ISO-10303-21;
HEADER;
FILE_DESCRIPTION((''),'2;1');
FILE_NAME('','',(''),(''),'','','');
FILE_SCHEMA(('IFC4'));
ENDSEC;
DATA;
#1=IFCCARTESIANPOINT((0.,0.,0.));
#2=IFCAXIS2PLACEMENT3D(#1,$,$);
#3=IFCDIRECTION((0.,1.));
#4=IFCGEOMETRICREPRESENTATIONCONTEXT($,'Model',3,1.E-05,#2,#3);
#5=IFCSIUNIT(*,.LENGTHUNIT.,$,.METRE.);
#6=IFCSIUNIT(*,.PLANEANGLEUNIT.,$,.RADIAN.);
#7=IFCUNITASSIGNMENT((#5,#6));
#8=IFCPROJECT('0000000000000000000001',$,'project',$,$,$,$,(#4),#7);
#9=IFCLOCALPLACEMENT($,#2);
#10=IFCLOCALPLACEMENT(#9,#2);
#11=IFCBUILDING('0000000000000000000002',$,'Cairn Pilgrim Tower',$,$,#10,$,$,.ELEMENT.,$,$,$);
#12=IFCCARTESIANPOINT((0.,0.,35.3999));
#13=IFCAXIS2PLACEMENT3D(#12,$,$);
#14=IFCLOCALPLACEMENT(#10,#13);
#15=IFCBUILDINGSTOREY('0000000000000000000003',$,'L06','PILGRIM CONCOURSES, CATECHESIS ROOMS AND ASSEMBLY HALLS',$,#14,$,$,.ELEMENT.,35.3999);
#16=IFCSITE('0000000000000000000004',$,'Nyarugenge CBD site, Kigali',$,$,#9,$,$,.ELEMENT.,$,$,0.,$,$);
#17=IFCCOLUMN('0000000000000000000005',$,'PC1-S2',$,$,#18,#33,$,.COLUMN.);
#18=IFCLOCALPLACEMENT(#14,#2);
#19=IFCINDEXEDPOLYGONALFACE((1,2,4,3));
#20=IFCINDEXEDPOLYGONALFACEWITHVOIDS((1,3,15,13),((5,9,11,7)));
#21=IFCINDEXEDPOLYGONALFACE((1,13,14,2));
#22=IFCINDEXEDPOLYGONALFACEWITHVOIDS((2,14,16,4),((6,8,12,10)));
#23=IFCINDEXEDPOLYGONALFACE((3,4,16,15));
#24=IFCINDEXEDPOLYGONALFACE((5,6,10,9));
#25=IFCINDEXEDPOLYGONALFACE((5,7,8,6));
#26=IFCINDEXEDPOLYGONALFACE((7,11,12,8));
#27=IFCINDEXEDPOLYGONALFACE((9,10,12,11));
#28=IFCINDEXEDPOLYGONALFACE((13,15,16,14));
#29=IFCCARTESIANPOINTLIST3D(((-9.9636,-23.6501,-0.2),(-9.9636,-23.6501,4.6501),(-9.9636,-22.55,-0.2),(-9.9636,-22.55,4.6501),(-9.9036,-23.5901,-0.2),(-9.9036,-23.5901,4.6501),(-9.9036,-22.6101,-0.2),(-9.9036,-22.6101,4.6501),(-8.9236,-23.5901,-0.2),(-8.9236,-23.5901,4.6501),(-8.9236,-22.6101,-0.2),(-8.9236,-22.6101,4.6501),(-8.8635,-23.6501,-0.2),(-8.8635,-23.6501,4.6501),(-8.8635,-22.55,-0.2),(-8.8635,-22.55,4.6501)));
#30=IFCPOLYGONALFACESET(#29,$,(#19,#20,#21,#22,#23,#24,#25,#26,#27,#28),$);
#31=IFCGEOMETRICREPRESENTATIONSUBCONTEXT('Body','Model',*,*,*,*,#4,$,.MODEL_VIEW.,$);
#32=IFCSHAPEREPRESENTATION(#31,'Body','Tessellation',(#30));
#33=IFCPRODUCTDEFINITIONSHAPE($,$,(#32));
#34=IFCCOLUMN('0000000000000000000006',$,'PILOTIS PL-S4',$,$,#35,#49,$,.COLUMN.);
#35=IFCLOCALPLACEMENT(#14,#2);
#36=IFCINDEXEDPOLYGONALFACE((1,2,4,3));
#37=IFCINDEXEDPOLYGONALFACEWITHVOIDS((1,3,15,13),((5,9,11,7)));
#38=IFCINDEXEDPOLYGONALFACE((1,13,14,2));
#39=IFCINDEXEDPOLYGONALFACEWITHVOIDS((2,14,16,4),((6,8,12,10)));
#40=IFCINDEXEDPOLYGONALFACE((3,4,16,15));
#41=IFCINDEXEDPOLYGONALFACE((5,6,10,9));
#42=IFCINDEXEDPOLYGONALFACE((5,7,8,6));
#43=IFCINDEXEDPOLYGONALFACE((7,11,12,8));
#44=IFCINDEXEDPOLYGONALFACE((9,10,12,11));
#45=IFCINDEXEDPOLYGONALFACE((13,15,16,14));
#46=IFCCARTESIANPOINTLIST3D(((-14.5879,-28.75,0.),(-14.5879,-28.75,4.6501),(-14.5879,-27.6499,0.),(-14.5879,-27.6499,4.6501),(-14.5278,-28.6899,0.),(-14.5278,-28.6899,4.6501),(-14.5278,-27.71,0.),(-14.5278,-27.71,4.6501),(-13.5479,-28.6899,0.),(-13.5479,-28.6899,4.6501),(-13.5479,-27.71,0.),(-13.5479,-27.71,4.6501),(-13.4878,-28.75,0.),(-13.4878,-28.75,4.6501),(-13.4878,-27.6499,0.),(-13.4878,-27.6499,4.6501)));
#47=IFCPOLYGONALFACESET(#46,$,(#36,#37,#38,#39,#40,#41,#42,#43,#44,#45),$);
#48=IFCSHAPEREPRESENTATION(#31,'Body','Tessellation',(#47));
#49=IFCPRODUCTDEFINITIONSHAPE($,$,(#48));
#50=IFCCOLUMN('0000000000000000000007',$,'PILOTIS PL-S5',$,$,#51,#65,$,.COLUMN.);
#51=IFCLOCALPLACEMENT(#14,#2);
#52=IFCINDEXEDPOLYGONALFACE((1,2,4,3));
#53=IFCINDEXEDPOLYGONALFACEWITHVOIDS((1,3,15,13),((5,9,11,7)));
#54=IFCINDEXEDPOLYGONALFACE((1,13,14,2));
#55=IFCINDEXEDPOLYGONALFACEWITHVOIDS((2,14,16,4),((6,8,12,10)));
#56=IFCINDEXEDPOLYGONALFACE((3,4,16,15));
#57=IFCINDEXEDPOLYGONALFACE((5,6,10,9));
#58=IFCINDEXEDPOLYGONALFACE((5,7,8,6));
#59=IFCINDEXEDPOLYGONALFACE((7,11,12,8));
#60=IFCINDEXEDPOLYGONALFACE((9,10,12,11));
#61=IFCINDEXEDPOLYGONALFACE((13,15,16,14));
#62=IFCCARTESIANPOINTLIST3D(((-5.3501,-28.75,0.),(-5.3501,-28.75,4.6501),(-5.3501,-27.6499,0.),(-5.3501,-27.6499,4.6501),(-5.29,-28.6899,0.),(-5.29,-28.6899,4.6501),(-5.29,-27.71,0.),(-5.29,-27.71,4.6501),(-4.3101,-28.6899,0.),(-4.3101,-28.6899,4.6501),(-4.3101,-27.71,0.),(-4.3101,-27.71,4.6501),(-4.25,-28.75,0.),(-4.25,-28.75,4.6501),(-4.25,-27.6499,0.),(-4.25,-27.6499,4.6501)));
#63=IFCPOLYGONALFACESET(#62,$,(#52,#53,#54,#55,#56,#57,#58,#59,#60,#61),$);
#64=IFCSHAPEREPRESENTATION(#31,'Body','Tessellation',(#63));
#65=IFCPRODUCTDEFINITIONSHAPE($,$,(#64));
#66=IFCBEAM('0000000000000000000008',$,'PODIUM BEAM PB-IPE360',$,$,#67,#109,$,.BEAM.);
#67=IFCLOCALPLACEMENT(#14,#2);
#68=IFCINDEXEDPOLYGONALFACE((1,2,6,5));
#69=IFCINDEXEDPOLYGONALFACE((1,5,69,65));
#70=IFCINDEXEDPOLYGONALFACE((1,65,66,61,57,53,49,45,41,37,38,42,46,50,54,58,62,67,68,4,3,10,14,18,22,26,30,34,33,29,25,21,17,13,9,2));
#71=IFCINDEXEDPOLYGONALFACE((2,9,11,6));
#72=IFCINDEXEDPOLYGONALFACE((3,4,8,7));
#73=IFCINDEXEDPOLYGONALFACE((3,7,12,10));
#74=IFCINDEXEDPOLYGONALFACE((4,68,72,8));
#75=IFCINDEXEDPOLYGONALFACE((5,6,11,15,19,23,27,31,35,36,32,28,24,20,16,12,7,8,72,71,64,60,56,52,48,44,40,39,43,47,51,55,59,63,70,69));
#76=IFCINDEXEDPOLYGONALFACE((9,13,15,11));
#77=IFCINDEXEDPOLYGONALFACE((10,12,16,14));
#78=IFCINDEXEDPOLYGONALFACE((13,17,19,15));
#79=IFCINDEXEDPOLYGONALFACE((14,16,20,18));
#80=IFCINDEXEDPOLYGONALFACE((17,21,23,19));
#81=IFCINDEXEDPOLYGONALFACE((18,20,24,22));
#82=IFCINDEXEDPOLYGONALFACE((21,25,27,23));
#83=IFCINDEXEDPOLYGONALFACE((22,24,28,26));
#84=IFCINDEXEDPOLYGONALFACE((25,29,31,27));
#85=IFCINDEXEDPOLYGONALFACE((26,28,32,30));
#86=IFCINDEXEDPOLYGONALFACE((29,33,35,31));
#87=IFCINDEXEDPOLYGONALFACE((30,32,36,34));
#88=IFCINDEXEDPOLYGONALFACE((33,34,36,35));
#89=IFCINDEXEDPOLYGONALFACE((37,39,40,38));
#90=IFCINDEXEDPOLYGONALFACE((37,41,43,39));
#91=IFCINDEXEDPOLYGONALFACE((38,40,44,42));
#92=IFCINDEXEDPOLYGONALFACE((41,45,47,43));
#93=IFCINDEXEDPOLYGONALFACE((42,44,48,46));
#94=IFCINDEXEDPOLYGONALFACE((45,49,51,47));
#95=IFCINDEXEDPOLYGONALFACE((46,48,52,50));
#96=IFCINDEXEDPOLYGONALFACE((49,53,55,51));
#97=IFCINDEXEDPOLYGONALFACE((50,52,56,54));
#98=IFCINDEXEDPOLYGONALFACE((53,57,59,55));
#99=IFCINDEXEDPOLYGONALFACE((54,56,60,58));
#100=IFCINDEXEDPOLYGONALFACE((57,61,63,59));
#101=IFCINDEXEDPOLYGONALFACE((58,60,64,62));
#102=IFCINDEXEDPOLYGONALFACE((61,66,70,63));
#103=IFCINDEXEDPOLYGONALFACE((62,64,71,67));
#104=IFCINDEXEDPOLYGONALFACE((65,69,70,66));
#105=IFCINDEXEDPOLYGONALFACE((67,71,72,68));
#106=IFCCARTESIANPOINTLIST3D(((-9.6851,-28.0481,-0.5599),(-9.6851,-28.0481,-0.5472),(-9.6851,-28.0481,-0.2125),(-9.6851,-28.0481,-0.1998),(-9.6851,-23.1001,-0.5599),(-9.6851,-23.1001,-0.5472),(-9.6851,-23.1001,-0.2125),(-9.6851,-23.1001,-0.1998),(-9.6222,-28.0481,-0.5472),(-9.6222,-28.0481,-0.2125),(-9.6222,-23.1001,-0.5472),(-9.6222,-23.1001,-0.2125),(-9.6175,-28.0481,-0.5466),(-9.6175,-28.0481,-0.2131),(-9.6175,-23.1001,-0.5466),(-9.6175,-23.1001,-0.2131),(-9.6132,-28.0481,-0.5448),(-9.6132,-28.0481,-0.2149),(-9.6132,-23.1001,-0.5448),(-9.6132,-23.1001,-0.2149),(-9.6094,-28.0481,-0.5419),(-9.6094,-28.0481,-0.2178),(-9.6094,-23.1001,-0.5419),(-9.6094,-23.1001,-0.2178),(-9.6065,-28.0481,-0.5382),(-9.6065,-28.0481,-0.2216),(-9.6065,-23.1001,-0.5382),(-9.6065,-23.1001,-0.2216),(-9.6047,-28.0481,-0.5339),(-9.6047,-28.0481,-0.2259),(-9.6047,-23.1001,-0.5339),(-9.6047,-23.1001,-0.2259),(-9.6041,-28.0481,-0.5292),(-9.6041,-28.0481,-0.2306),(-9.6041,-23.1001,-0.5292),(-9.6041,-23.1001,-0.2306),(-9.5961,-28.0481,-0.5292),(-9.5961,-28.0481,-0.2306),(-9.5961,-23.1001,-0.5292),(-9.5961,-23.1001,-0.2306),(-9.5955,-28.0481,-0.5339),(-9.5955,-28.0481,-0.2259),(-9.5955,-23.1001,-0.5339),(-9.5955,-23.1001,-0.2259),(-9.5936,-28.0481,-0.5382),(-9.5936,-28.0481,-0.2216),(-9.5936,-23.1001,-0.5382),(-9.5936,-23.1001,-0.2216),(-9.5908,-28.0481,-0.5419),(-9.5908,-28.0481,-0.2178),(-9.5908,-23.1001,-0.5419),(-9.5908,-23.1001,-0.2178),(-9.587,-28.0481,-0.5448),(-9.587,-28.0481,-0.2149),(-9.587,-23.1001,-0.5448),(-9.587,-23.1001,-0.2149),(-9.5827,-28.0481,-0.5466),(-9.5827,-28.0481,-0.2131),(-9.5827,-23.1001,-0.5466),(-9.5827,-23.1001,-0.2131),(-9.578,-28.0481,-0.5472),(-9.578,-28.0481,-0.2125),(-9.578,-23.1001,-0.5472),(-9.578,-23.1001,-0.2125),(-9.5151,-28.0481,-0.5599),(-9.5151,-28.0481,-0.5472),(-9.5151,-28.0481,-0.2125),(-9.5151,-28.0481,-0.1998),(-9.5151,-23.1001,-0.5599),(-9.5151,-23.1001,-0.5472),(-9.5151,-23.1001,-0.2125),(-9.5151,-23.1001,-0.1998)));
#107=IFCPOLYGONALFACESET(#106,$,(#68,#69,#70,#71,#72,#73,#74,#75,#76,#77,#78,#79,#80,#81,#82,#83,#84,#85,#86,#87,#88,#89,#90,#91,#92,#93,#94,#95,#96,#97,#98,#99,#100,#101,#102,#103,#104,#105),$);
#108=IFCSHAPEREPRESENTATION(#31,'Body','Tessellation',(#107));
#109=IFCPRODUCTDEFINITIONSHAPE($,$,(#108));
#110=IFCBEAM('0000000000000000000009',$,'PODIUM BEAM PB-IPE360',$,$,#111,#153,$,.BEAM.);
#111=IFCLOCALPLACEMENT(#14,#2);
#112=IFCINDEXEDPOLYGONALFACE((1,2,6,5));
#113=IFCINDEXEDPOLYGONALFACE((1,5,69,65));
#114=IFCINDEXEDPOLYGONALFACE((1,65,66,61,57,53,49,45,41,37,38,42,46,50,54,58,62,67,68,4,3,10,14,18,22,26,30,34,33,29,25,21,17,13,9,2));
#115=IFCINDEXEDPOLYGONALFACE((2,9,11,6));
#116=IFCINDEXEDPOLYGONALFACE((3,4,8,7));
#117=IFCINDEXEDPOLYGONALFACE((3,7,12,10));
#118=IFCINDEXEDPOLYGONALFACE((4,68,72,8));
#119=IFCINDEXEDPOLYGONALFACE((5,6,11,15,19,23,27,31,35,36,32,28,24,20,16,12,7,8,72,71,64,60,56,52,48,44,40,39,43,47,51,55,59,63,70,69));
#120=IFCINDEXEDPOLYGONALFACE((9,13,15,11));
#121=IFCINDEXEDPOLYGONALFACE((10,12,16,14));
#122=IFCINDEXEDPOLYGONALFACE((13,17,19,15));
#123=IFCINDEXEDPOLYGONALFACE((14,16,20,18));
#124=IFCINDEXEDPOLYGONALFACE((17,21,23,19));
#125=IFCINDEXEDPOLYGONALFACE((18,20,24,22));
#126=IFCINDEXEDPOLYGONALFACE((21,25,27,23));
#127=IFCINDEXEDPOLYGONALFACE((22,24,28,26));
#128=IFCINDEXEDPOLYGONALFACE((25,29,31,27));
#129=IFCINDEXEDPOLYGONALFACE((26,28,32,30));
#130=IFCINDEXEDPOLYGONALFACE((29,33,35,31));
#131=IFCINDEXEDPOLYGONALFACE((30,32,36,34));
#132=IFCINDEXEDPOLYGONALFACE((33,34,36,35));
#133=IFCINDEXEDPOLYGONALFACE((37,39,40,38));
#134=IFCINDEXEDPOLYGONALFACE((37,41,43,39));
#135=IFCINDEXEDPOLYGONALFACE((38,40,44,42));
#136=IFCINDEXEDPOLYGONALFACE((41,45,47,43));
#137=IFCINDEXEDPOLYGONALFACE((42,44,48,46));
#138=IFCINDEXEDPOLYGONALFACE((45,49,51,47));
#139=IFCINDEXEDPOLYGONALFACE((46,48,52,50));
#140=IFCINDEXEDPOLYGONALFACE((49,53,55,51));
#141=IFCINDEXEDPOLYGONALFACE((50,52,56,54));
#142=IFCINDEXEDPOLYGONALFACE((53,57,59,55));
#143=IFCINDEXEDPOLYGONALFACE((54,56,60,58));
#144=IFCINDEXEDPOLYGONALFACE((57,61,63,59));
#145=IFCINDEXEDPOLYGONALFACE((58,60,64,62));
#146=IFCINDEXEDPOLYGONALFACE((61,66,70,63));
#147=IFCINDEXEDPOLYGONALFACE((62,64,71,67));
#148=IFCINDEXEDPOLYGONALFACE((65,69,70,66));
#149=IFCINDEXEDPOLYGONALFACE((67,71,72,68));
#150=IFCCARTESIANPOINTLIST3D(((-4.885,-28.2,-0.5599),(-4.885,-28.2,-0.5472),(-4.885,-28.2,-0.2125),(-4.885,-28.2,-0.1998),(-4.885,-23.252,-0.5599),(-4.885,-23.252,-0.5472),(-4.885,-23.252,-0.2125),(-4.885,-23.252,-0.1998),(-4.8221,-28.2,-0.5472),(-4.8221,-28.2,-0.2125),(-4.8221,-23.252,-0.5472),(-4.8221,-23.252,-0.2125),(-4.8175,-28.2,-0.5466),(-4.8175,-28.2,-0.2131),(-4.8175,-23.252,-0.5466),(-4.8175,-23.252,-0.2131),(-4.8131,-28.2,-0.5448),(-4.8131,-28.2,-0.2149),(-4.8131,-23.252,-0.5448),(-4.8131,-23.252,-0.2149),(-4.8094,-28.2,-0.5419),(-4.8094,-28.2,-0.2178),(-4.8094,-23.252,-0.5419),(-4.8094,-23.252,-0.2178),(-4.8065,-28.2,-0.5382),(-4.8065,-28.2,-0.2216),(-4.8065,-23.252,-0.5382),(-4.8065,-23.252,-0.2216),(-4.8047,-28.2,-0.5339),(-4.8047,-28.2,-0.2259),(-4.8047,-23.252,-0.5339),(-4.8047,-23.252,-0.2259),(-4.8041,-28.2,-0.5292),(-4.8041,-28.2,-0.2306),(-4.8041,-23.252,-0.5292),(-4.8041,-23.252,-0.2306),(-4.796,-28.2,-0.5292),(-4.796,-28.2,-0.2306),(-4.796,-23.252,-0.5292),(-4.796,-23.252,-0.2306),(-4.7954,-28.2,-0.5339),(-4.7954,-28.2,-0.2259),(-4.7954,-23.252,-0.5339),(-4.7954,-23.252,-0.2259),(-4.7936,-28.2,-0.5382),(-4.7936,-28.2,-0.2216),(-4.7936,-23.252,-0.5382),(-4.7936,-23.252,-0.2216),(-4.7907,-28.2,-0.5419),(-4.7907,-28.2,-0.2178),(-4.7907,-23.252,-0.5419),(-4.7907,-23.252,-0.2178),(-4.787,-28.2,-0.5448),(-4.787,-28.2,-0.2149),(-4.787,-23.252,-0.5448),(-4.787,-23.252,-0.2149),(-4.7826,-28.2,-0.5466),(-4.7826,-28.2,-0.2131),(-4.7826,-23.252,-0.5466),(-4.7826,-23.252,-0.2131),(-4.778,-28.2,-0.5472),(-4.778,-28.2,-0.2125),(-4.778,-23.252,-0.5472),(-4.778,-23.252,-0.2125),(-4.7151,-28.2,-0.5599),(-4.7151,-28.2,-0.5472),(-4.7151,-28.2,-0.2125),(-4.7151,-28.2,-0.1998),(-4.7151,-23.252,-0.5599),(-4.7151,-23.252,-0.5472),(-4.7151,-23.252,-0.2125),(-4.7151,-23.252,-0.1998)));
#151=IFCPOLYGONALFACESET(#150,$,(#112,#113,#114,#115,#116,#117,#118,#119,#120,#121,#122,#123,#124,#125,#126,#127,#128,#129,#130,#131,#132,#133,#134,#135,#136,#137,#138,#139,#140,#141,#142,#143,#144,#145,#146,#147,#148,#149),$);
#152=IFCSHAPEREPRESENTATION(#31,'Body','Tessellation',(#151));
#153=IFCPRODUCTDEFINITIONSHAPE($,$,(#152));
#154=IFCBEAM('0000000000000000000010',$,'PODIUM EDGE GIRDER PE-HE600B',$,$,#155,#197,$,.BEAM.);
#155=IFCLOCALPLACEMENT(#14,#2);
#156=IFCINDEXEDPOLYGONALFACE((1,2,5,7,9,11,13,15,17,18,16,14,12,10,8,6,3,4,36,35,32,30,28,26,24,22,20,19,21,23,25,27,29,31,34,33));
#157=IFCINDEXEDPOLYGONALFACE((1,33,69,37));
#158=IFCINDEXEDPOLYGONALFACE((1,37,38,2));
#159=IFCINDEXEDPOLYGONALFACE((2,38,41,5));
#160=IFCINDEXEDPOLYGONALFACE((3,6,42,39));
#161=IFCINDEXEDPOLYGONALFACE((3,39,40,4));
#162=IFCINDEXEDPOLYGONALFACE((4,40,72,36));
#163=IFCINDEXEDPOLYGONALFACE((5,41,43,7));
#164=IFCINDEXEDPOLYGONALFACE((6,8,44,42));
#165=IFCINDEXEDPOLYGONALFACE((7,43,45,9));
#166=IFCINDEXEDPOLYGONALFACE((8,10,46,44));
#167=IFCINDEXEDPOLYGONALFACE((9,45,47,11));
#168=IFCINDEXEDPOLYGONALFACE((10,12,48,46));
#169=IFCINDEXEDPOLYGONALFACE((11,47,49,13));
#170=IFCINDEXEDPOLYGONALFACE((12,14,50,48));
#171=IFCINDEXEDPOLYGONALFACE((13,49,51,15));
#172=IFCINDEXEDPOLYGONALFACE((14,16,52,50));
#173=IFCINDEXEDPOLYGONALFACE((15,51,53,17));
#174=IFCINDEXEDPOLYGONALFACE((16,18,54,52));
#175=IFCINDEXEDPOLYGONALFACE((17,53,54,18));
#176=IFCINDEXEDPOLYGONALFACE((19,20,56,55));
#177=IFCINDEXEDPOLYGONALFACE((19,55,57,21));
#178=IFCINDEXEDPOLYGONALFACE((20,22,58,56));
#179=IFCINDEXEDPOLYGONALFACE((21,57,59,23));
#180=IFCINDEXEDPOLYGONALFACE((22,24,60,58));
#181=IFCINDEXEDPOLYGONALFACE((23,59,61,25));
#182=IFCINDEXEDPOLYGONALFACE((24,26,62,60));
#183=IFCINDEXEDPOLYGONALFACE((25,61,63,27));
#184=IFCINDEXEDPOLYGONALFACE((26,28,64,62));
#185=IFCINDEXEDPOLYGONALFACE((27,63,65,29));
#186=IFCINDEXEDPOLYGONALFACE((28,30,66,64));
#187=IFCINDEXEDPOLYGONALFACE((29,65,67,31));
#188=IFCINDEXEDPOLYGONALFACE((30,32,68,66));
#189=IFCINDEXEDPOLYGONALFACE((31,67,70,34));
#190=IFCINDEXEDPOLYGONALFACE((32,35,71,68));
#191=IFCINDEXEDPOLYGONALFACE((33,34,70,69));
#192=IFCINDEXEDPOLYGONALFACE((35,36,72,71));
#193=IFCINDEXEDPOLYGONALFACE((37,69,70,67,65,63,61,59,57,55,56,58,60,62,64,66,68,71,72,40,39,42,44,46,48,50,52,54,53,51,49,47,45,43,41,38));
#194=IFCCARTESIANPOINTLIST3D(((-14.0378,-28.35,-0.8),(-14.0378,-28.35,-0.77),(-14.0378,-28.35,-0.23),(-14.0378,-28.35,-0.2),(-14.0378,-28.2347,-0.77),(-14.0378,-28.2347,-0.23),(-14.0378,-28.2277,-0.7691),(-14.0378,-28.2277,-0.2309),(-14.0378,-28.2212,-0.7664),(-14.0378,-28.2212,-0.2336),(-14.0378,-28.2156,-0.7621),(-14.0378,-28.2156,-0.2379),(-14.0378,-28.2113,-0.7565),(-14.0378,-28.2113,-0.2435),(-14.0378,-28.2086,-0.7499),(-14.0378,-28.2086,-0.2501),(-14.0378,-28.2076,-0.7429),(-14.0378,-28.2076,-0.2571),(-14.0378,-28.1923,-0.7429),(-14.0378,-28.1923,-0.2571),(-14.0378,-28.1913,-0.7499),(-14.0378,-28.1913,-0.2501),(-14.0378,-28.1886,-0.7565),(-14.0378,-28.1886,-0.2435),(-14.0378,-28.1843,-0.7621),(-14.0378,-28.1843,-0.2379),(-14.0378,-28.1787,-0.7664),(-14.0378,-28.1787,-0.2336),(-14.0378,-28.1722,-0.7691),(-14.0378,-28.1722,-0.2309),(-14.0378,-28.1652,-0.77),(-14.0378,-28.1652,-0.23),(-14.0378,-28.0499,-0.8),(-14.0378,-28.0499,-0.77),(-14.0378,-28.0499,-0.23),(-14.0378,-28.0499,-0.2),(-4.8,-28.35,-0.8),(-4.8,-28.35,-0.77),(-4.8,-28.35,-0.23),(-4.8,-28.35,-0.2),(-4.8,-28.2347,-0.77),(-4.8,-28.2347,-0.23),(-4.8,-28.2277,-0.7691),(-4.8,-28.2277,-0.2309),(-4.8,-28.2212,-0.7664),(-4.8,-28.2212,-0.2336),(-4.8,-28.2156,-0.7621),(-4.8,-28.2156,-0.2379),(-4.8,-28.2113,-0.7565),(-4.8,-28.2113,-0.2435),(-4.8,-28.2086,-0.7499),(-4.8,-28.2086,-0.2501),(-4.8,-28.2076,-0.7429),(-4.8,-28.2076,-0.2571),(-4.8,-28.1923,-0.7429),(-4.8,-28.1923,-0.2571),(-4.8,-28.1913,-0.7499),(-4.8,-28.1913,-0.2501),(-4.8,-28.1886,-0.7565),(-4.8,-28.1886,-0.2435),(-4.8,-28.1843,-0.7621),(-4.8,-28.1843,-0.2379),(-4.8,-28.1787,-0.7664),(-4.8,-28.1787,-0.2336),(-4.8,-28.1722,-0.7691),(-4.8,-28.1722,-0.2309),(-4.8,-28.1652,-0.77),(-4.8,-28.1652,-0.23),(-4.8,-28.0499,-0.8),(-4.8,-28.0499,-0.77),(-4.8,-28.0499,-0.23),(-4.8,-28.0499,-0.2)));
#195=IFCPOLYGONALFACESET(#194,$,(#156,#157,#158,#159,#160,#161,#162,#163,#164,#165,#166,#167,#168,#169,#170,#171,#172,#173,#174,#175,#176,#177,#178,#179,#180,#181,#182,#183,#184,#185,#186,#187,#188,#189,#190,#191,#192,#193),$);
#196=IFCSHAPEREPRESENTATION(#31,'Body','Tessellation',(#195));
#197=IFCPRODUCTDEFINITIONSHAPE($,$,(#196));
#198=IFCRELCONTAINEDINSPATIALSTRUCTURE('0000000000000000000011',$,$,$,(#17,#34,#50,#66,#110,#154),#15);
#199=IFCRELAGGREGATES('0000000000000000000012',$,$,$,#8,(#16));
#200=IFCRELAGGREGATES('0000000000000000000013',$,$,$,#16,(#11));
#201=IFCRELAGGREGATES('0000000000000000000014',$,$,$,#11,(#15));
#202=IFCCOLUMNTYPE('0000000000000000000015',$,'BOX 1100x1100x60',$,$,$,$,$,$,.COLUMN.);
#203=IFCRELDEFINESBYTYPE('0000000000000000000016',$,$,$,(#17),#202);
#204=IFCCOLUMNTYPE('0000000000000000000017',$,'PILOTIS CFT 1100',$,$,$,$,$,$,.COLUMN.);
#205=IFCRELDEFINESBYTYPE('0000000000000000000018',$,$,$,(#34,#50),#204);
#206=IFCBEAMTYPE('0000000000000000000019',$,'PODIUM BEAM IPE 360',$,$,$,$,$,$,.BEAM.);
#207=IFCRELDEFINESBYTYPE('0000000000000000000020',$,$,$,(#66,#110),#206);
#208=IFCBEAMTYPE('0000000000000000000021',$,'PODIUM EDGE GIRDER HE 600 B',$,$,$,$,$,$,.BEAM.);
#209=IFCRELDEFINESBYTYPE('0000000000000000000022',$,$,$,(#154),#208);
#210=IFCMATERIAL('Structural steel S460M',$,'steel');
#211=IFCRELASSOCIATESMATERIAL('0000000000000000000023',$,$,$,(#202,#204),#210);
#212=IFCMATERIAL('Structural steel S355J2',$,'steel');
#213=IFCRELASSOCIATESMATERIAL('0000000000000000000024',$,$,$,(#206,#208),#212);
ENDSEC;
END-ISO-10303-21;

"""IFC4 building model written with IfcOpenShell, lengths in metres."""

from ifc_helpers import new_model, si_unit, direction, frame, origin, origin_2d, place, context, subcontext, project, spatial, hollow_rectangle, i_section, extrude, material, material_profile, profile_set, type_object, element, save


model = new_model("IFC4")

# Units and contexts
model_context = context("Model", 3, precision=1e-05, world=origin(), true_north=direction((0.0, 1.0)))
body_context = subcontext(model_context, "Body", "Model", "MODEL_VIEW")
ifc_project = project(units=[si_unit("LENGTHUNIT", "METRE"), si_unit("PLANEANGLEUNIT", "RADIAN")], contexts=[model_context])

# Site, building, storey
site_placement = place(None, origin())
site = spatial("IfcSite", under=ifc_project, at=site_placement, Name="Nyarugenge CBD site, Kigali", CompositionType="ELEMENT", RefElevation=0.0)
building_placement = place(site_placement, origin())
building = spatial("IfcBuilding", under=site, at=building_placement, Name="Cairn Pilgrim Tower", CompositionType="ELEMENT")
storey_placement = place(building_placement, frame((0.0, 0.0, 35.3999)))
storey = spatial("IfcBuildingStorey", under=building, at=storey_placement, Name="L06", Description="PILGRIM CONCOURSES, CATECHESIS ROOMS AND ASSEMBLY HALLS", CompositionType="ELEMENT", Elevation=35.3999)

# Columns
ifc_material_1 = material(Name="Structural steel S460M", Category="steel")
ifc_material_profile_1 = material_profile(ifc_material_1, hollow_rectangle(XDim=1.1001, YDim=1.1001, WallThickness=0.0601, at=origin_2d()), Name="BOX 1100x1100x60")
ifc_profile_set_1 = profile_set([ifc_material_profile_1], Name="Structural steel S460M")
column_type_1 = type_object("IfcColumnType", Name="BOX 1100x1100x60", PredefinedType="COLUMN", material=ifc_profile_set_1)
column_placement = place(storey_placement, frame((-9.4136, -23.1001, -0.2), z_axis=(0.0, 0.0, 1.0), x_axis=(1.0, 0.0, 0.0)))
element("IfcColumn", 1, at=column_placement, inside=storey, type_object=column_type_1, Name="PC1-S2", PredefinedType="COLUMN", context=body_context, shape_type="SweptSolid", body=[
    extrude(hollow_rectangle(XDim=1.1001, YDim=1.1001, WallThickness=0.0601, at=origin_2d()), origin(), (0.0, 0.0, 1.0), 4.8501),
])
ifc_material_profile_2 = material_profile(ifc_material_1, hollow_rectangle(XDim=1.1001, YDim=1.1001, WallThickness=0.0601, at=origin_2d()), Name="BOX 1100x1100x60")
ifc_profile_set_2 = profile_set([ifc_material_profile_2], Name="Structural steel S460M")
column_type_2 = type_object("IfcColumnType", Name="PILOTIS CFT 1100", PredefinedType="COLUMN", material=ifc_profile_set_2)
for number, where, z_axis, x_axis, name in (
    (2, (-14.0378, -28.2, 0.0), (0.0, 0.0, 1.0), (1.0, 0.0, 0.0), "PILOTIS PL-S4"),
    (3, (-4.8, -28.2, 0.0), (0.0, 0.0, 1.0), (1.0, 0.0, 0.0), "PILOTIS PL-S5"),
):
    element("IfcColumn", number, at=place(storey_placement, frame(where, z_axis=z_axis, x_axis=x_axis)), inside=storey, type_object=column_type_2, Name=name, PredefinedType="COLUMN", context=body_context, shape_type="SweptSolid", body=[
        extrude(hollow_rectangle(XDim=1.1001, YDim=1.1001, WallThickness=0.0601, at=origin_2d()), origin(), (0.0, 0.0, 1.0), 4.6501),
    ])

# Beams
ifc_material_2 = material(Name="Structural steel S355J2", Category="steel")
ifc_material_profile_3 = material_profile(ifc_material_2, i_section(OverallWidth=0.1699, OverallDepth=0.3601, WebThickness=0.0081, FlangeThickness=0.0127, FilletRadius=0.0181, at=origin_2d()), Name="IPE 360")
ifc_profile_set_3 = profile_set([ifc_material_profile_3], Name="Structural steel S355J2")
beam_type_1 = type_object("IfcBeamType", Name="PODIUM BEAM IPE 360", PredefinedType="BEAM", material=ifc_profile_set_3)
for number, where, z_axis, x_axis, name in (
    (4, (-9.6001, -28.0481, -0.3799), (0.0, 1.0, 0.0), (-1.0, 0.0, 0.0), "PODIUM BEAM PB-IPE360"),
    (5, (-4.8, -28.2, -0.3799), (0.0, 1.0, 0.0), (-1.0, 0.0, 0.0), "PODIUM BEAM PB-IPE360"),
):
    element("IfcBeam", number, at=place(storey_placement, frame(where, z_axis=z_axis, x_axis=x_axis)), inside=storey, type_object=beam_type_1, Name=name, PredefinedType="BEAM", context=body_context, shape_type="SweptSolid", body=[
        extrude(i_section(OverallWidth=0.1699, OverallDepth=0.3601, WebThickness=0.0081, FlangeThickness=0.0127, FilletRadius=0.0181, at=origin_2d()), origin(), (0.0, 0.0, 1.0), 4.948),
    ])
ifc_material_profile_4 = material_profile(ifc_material_2, i_section(OverallWidth=0.3, OverallDepth=0.6001, WebThickness=0.0154, FlangeThickness=0.03, FilletRadius=0.0271, at=origin_2d()), Name="HEB 600")
ifc_profile_set_4 = profile_set([ifc_material_profile_4], Name="Structural steel S355J2")
beam_type_2 = type_object("IfcBeamType", Name="PODIUM EDGE GIRDER HE 600 B", PredefinedType="BEAM", material=ifc_profile_set_4)
beam_1_placement = place(storey_placement, frame((-14.0378, -28.2, -0.5), z_axis=(1.0, 0.0, 0.0), x_axis=(0.0, 1.0, 0.0)))
element("IfcBeam", 6, at=beam_1_placement, inside=storey, type_object=beam_type_2, Name="PODIUM EDGE GIRDER PE-HE600B", PredefinedType="BEAM", context=body_context, shape_type="SweptSolid", body=[
    extrude(i_section(OverallWidth=0.3, OverallDepth=0.6001, WebThickness=0.0154, FlangeThickness=0.03, FilletRadius=0.0271, at=origin_2d()), origin(), (0.0, 0.0, 1.0), 9.2378),
])

save(model, "model.ifc")
